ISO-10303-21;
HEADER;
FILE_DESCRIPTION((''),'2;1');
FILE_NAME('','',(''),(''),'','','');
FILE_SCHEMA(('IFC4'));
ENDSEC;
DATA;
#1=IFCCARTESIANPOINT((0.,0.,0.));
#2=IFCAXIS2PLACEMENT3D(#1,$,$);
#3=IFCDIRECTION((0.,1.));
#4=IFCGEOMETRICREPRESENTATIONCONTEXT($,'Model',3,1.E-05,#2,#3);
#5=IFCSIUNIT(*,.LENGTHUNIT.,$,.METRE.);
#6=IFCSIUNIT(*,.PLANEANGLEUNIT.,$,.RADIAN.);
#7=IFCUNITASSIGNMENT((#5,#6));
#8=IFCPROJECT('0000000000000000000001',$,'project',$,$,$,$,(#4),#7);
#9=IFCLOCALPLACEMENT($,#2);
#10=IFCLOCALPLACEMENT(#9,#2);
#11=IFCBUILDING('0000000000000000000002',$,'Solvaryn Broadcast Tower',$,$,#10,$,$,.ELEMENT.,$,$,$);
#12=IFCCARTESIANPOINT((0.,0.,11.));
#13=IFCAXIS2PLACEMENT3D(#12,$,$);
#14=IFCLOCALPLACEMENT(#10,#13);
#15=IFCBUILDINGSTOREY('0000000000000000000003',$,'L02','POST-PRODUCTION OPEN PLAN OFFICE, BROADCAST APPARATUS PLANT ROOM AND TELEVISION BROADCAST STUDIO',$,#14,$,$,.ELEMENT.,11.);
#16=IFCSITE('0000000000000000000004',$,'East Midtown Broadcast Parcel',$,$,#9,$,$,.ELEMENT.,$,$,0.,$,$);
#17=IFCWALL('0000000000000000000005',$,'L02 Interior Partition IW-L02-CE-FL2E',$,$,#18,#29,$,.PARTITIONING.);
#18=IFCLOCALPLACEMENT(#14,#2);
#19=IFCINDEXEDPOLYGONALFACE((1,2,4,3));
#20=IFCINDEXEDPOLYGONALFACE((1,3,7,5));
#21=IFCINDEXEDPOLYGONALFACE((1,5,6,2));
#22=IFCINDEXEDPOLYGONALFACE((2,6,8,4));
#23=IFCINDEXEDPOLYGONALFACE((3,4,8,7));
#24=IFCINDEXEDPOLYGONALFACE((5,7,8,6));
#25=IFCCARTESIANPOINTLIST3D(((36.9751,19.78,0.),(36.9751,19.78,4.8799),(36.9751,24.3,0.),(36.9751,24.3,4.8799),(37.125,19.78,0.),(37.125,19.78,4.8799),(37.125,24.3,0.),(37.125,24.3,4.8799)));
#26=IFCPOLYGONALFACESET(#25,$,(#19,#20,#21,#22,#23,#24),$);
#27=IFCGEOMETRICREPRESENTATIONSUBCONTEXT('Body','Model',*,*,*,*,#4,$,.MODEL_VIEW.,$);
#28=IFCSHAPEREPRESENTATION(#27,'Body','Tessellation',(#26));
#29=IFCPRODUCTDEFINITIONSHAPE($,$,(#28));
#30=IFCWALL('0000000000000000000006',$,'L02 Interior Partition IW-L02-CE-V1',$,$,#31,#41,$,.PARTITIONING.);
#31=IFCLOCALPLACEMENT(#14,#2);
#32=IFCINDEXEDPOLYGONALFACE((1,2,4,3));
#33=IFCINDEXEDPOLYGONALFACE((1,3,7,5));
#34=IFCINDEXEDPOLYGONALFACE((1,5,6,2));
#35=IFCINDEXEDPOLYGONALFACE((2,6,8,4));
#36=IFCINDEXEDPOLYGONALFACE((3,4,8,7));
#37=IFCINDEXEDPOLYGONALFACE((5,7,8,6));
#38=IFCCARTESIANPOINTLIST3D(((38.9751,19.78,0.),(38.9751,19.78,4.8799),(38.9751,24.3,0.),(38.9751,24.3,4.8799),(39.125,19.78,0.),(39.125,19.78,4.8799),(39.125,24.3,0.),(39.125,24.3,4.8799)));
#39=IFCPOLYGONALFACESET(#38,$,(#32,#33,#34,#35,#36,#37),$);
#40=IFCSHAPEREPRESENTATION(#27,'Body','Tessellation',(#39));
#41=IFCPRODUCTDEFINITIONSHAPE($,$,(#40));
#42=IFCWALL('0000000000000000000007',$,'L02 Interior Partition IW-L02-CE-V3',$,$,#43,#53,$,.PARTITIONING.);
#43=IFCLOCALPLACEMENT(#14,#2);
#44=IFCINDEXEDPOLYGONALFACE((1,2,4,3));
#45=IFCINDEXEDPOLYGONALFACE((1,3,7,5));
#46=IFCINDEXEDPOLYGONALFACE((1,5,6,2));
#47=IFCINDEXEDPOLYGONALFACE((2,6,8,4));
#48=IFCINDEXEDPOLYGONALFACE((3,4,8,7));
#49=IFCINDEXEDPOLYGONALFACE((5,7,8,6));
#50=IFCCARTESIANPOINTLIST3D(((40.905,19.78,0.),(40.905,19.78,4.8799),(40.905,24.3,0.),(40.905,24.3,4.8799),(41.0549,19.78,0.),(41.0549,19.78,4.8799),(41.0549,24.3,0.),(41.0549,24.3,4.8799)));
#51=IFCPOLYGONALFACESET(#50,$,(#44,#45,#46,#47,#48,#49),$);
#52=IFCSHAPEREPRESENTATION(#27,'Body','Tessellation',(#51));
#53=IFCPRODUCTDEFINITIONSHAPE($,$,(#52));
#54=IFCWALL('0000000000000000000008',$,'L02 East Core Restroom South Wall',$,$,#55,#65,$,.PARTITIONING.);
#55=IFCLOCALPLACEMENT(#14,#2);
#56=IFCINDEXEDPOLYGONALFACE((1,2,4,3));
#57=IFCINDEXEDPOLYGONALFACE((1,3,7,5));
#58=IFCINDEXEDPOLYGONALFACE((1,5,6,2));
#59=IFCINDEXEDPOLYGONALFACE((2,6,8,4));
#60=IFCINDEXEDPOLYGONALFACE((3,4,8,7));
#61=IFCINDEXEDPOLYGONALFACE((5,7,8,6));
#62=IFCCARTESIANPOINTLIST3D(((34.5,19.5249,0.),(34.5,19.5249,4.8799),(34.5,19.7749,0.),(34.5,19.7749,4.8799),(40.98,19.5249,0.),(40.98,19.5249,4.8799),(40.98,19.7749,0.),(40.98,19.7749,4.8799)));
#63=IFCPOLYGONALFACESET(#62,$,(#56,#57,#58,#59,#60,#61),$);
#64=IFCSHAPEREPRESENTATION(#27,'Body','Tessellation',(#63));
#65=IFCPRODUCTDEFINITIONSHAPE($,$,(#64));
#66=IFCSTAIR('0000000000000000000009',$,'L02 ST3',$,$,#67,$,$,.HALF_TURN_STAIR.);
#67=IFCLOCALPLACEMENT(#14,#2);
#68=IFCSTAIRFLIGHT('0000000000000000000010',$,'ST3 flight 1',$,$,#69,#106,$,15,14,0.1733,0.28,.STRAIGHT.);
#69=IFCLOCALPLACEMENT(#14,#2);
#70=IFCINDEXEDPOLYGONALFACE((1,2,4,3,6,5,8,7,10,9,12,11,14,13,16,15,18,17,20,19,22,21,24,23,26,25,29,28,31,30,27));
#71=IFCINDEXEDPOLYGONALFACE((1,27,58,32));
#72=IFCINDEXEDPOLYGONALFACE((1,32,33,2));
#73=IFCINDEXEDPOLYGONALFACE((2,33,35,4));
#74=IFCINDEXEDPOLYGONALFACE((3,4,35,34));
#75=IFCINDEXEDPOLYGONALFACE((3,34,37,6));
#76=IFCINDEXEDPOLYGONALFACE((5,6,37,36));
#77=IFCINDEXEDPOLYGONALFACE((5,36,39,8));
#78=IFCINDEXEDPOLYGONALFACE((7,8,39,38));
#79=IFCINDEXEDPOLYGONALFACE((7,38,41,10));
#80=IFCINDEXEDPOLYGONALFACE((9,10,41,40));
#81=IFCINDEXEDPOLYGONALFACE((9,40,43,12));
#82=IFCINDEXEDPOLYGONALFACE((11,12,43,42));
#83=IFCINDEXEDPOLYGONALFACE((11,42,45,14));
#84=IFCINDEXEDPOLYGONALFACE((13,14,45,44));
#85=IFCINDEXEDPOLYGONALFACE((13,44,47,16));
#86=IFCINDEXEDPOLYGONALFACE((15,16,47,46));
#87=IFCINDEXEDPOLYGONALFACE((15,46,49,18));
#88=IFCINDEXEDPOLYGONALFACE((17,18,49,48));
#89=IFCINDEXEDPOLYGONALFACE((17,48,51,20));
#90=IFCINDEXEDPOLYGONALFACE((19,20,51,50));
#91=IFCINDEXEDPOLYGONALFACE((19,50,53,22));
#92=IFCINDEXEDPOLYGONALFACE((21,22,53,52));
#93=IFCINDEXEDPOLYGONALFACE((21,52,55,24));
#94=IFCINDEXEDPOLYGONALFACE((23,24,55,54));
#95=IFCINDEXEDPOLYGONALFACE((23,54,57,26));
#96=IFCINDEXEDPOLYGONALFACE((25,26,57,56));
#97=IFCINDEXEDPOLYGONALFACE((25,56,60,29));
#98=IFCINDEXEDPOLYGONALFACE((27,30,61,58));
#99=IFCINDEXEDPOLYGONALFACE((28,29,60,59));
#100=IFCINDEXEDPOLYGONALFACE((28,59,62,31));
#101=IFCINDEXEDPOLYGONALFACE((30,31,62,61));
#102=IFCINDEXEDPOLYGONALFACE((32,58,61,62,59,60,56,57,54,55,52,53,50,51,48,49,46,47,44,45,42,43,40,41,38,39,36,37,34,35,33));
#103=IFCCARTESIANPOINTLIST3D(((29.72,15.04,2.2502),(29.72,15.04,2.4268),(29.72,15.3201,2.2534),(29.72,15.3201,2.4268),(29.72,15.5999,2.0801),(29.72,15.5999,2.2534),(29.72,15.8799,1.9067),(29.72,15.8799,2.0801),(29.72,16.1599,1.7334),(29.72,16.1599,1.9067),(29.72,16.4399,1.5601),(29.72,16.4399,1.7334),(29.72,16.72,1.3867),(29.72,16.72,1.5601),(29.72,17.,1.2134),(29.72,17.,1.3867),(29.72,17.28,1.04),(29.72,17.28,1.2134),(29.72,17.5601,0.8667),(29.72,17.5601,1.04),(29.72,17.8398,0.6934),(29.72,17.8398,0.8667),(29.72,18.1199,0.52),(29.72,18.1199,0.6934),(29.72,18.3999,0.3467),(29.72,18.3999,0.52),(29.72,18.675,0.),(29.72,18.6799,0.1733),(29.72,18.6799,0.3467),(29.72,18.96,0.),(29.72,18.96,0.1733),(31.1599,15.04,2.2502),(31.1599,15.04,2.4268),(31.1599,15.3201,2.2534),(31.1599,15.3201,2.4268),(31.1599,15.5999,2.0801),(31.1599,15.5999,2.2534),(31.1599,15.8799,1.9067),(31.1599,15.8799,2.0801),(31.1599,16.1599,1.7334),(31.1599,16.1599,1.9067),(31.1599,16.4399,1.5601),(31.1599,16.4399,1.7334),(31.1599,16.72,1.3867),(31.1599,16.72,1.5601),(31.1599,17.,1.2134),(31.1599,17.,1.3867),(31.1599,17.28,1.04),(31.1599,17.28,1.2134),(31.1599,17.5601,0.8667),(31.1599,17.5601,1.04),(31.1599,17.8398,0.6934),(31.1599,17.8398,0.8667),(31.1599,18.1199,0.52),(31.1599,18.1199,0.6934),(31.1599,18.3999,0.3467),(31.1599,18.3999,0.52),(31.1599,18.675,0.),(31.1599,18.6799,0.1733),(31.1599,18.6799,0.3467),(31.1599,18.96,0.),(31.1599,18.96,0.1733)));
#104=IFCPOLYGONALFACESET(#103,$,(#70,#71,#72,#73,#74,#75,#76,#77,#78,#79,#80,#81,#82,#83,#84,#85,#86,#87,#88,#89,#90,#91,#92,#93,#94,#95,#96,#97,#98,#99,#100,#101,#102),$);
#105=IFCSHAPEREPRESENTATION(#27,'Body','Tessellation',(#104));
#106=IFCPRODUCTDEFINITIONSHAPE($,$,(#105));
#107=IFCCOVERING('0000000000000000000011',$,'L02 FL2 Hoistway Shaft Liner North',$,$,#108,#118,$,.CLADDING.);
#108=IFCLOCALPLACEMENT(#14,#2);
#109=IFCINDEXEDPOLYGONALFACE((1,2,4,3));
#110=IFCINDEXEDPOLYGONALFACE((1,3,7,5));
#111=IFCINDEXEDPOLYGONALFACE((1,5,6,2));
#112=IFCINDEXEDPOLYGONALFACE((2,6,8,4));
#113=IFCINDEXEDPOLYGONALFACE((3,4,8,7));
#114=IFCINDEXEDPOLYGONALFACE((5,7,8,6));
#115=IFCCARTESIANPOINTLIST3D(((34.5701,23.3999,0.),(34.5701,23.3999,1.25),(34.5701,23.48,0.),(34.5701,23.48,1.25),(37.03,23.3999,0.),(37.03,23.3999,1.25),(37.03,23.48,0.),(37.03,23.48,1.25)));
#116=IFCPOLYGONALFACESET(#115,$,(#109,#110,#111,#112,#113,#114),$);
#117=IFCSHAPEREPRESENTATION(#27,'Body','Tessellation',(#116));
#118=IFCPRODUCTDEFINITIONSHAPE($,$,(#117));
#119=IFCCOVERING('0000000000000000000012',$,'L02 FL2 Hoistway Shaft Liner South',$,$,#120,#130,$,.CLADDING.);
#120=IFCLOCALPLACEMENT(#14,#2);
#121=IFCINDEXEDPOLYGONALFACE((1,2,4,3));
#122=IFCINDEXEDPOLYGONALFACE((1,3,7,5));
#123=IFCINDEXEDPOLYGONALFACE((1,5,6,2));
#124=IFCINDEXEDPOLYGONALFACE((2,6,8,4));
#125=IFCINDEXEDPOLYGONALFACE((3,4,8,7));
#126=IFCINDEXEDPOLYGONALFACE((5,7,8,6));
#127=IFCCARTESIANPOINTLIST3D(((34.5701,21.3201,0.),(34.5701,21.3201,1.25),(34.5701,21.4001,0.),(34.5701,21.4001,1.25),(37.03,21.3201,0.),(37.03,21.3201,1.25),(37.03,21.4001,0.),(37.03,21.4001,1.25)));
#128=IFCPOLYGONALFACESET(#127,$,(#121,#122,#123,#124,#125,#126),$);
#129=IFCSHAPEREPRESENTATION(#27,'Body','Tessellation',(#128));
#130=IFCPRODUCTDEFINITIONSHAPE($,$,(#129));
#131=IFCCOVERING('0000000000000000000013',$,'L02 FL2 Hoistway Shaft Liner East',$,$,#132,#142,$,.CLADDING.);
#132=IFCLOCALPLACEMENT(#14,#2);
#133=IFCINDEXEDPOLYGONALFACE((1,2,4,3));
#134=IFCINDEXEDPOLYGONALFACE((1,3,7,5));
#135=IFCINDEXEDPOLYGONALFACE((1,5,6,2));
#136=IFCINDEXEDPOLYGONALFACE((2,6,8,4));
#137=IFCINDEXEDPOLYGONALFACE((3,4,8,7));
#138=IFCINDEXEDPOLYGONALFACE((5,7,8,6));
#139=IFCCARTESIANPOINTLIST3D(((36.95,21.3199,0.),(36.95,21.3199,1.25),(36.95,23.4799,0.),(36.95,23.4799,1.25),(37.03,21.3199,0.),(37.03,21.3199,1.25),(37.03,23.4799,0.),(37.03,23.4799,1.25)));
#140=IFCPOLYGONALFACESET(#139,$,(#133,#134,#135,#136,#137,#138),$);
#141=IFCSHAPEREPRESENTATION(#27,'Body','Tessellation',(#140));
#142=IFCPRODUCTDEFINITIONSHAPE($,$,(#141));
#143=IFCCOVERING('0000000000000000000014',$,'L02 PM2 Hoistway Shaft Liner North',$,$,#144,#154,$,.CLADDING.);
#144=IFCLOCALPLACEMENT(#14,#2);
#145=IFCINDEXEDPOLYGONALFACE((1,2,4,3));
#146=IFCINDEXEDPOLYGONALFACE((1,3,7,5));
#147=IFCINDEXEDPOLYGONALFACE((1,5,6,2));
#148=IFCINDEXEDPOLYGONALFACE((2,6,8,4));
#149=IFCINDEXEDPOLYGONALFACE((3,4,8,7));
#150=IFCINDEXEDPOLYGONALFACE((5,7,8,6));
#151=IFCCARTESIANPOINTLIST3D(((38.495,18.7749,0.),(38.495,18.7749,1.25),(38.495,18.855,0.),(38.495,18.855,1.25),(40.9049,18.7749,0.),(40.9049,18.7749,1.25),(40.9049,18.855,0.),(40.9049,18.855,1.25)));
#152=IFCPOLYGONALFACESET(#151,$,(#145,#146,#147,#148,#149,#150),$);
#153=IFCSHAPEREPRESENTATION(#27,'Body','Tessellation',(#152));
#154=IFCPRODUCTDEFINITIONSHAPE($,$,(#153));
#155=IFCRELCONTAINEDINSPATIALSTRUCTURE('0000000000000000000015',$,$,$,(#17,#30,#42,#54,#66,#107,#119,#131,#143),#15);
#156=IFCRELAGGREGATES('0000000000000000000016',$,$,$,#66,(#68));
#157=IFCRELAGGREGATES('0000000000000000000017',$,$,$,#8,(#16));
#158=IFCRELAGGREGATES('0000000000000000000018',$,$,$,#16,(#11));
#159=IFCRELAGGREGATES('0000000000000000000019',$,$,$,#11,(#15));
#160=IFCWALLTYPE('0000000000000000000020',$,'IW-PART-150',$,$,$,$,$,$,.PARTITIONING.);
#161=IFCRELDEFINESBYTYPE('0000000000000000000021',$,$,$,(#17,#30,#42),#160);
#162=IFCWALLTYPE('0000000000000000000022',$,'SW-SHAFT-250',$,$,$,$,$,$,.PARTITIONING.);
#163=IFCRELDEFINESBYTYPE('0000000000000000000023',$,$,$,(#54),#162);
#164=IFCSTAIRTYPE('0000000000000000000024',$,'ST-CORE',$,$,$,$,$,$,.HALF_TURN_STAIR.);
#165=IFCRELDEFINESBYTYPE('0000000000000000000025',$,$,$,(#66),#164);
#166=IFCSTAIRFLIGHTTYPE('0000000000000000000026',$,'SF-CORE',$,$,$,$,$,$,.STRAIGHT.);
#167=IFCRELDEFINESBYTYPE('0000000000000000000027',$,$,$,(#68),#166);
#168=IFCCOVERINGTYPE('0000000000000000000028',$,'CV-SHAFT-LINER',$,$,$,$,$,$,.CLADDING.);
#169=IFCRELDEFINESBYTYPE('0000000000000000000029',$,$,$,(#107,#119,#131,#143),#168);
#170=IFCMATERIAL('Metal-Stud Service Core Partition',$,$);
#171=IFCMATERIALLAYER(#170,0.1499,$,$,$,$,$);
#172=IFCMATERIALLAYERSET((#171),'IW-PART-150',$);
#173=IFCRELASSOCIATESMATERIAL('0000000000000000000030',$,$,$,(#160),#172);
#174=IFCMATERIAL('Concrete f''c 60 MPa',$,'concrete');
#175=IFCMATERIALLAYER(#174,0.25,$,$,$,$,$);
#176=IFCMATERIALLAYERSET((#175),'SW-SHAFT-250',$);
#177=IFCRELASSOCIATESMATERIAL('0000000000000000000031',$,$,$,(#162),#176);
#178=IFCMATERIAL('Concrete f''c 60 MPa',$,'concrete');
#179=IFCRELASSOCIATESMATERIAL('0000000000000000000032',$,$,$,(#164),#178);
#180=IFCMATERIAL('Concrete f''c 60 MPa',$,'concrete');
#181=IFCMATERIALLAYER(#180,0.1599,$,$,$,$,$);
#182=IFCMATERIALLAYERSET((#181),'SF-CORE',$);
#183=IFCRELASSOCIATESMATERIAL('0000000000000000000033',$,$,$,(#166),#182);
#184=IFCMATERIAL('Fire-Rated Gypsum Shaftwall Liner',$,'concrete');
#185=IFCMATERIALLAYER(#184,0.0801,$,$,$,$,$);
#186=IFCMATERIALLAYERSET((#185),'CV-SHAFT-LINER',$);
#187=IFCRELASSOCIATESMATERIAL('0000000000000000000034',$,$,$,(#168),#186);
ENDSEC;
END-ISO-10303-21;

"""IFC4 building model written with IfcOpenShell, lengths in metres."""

from ifc_helpers import new_model, si_unit, direction, frame, frame_2d, origin, origin_2d, place, context, subcontext, project, spatial, polyline, rectangle, outline, extrude, material, layer, layer_set, type_object, element, aggregate, save


model = new_model("IFC4")

# Units and contexts
model_context = context("Model", 3, precision=1e-05, world=origin(), true_north=direction((0.0, 1.0)))
body_context = subcontext(model_context, "Body", "Model", "MODEL_VIEW")
ifc_project = project(units=[si_unit("LENGTHUNIT", "METRE"), si_unit("PLANEANGLEUNIT", "RADIAN")], contexts=[model_context])

# Site, building, storey
site_placement = place(None, origin())
site = spatial("IfcSite", under=ifc_project, at=site_placement, Name="East Midtown Broadcast Parcel", CompositionType="ELEMENT", RefElevation=0.0)
building_placement = place(site_placement, origin())
building = spatial("IfcBuilding", under=site, at=building_placement, Name="Solvaryn Broadcast Tower", CompositionType="ELEMENT")
storey_placement = place(building_placement, frame((0.0, 0.0, 11.0)))
storey = spatial("IfcBuildingStorey", under=building, at=storey_placement, Name="L02", Description="POST-PRODUCTION OPEN PLAN OFFICE, BROADCAST APPARATUS PLANT ROOM AND TELEVISION BROADCAST STUDIO", CompositionType="ELEMENT", Elevation=11.0)

# Walls
ifc_material_1 = material(Name="Metal-Stud Service Core Partition")
ifc_layer_1 = layer(ifc_material_1, 0.1499)
ifc_layer_set_1 = layer_set([ifc_layer_1], Name="IW-PART-150")
wall_type_1 = type_object("IfcWallType", Name="IW-PART-150", PredefinedType="PARTITIONING", material=ifc_layer_set_1)
for number, where, z_axis, x_axis, name in (
    (1, (37.05, 19.78, 0.0), (0.0, 0.0, 1.0), (0.0, 1.0, 0.0), "L02 Interior Partition IW-L02-CE-FL2E"),
    (2, (39.05, 19.78, 0.0), (0.0, 0.0, 1.0), (0.0, 1.0, 0.0), "L02 Interior Partition IW-L02-CE-V1"),
    (3, (40.98, 19.78, 0.0), (0.0, 0.0, 1.0), (0.0, 1.0, 0.0), "L02 Interior Partition IW-L02-CE-V3"),
):
    element("IfcWall", number, at=place(storey_placement, frame(where, z_axis=z_axis, x_axis=x_axis)), inside=storey, type_object=wall_type_1, Name=name, PredefinedType="PARTITIONING", context=body_context, shape_type="SweptSolid", body=[
        extrude(rectangle(XDim=4.52, YDim=0.1499, at=frame_2d((2.26, 0.0))), origin(), (0.0, 0.0, 1.0), 4.8799),
    ])

# Shared definitions
ifc_material_2 = material(Name="Concrete f'c 60 MPa", Category="concrete")
ifc_layer_2 = layer(ifc_material_2, 0.25)
ifc_layer_set_2 = layer_set([ifc_layer_2], Name="SW-SHAFT-250")
wall_type_2 = type_object("IfcWallType", Name="SW-SHAFT-250", PredefinedType="PARTITIONING", material=ifc_layer_set_2)

# Wall
wall_1_placement = place(storey_placement, frame((34.5, 19.6499, 0.0), z_axis=(0.0, 0.0, 1.0), x_axis=(1.0, 0.0, 0.0)))
element("IfcWall", 4, at=wall_1_placement, inside=storey, type_object=wall_type_2, Name="L02 East Core Restroom South Wall", PredefinedType="PARTITIONING", context=body_context, shape_type="SweptSolid", body=[
    extrude(rectangle(XDim=6.48, YDim=0.25, at=frame_2d((3.24, 0.0))), origin(), (0.0, 0.0, 1.0), 4.8799),
])

# Stair, stair flight
ifc_material_3 = material(Name="Concrete f'c 60 MPa", Category="concrete")
stair_type = type_object("IfcStairType", Name="ST-CORE", PredefinedType="HALF_TURN_STAIR", material=ifc_material_3)
stair_placement = place(storey_placement, origin())
stair = element("IfcStair", 5, at=stair_placement, inside=storey, type_object=stair_type, Name="L02 ST3", PredefinedType="HALF_TURN_STAIR")
ifc_material_4 = material(Name="Concrete f'c 60 MPa", Category="concrete")
ifc_layer_3 = layer(ifc_material_4, 0.1599)
ifc_layer_set_3 = layer_set([ifc_layer_3], Name="SF-CORE")
stair_flight_type = type_object("IfcStairFlightType", Name="SF-CORE", PredefinedType="STRAIGHT", material=ifc_layer_set_3)
stair_flight_placement = place(storey_placement, frame((30.4399, 18.96, 0.0), z_axis=(0.0, 0.0, 1.0), x_axis=(0.0, -1.0, 0.0)))
stair_flight = element("IfcStairFlight", 6, at=stair_flight_placement, type_object=stair_flight_type, Name="ST3 flight 1", NumberOfRisers=15, NumberOfTreads=14, PredefinedType="STRAIGHT", RiserHeight=0.1733, TreadLength=0.28, context=body_context, shape_type="SweptSolid", body=[
    extrude(outline(polyline([(0.0, 0.0), (0.0, 0.1733), (0.28, 0.1733), (0.28, 0.3467), (0.5601, 0.3467), (0.5601, 0.52), (0.8401, 0.52), (0.8401, 0.6934), (1.1201, 0.6934), (1.1201, 0.8667), (1.3999, 0.8667), (1.3999, 1.04), (1.6799, 1.04), (1.6799, 1.2134), (1.96, 1.2134), (1.96, 1.3867), (2.24, 1.3867), (2.24, 1.5601), (2.52, 1.5601), (2.52, 1.7334), (2.8, 1.7334), (2.8, 1.9067), (3.0801, 1.9067), (3.0801, 2.0801), (3.3601, 2.0801), (3.3601, 2.2534), (3.6399, 2.2534), (3.6399, 2.4268), (3.9199, 2.4268), (3.9199, 2.6001), (3.9199, 2.2502), (0.2849, 0.0), (0.0, 0.0)])), frame((0.0, 0.72, 0.0), z_axis=(0.0, -1.0, 0.0), x_axis=(1.0, 0.0, 0.0)), (0.0, 0.0, 1.0), 1.4399),
])
aggregate(stair, [stair_flight])

# Coverings
ifc_material_5 = material(Name="Fire-Rated Gypsum Shaftwall Liner", Category="concrete")
ifc_layer_4 = layer(ifc_material_5, 0.0801)
ifc_layer_set_4 = layer_set([ifc_layer_4], Name="CV-SHAFT-LINER")
covering_type = type_object("IfcCoveringType", Name="CV-SHAFT-LINER", PredefinedType="CLADDING", material=ifc_layer_set_4)
for number, where, z_axis, x_axis, name in (
    (7, (35.8, 23.4399, 0.0), (0.0, 0.0, 1.0), (1.0, 0.0, 0.0), "L02 FL2 Hoistway Shaft Liner North"),
    (8, (35.8, 21.3601, 0.0), (0.0, 0.0, 1.0), (1.0, 0.0, 0.0), "L02 FL2 Hoistway Shaft Liner South"),
):
    element("IfcCovering", number, at=place(storey_placement, frame(where, z_axis=z_axis, x_axis=x_axis)), inside=storey, type_object=covering_type, Name=name, PredefinedType="CLADDING", context=body_context, shape_type="SweptSolid", body=[
        extrude(rectangle(XDim=2.46, YDim=0.0801, at=origin_2d()), origin(), (0.0, 0.0, 1.0), 1.25),
    ])
covering_1_placement = place(storey_placement, frame((36.99, 22.3999, 0.0), z_axis=(0.0, 0.0, 1.0), x_axis=(1.0, 0.0, 0.0)))
element("IfcCovering", 9, at=covering_1_placement, inside=storey, type_object=covering_type, Name="L02 FL2 Hoistway Shaft Liner East", PredefinedType="CLADDING", context=body_context, shape_type="SweptSolid", body=[
    extrude(rectangle(XDim=0.0801, YDim=2.1599, at=origin_2d()), origin(), (0.0, 0.0, 1.0), 1.25),
])
covering_2_placement = place(storey_placement, frame((39.7, 18.8149, 0.0), z_axis=(0.0, 0.0, 1.0), x_axis=(1.0, 0.0, 0.0)))
element("IfcCovering", 10, at=covering_2_placement, inside=storey, type_object=covering_type, Name="L02 PM2 Hoistway Shaft Liner North", PredefinedType="CLADDING", context=body_context, shape_type="SweptSolid", body=[
    extrude(rectangle(XDim=2.4099, YDim=0.0801, at=origin_2d()), origin(), (0.0, 0.0, 1.0), 1.25),
])

save(model, "model.ifc")
